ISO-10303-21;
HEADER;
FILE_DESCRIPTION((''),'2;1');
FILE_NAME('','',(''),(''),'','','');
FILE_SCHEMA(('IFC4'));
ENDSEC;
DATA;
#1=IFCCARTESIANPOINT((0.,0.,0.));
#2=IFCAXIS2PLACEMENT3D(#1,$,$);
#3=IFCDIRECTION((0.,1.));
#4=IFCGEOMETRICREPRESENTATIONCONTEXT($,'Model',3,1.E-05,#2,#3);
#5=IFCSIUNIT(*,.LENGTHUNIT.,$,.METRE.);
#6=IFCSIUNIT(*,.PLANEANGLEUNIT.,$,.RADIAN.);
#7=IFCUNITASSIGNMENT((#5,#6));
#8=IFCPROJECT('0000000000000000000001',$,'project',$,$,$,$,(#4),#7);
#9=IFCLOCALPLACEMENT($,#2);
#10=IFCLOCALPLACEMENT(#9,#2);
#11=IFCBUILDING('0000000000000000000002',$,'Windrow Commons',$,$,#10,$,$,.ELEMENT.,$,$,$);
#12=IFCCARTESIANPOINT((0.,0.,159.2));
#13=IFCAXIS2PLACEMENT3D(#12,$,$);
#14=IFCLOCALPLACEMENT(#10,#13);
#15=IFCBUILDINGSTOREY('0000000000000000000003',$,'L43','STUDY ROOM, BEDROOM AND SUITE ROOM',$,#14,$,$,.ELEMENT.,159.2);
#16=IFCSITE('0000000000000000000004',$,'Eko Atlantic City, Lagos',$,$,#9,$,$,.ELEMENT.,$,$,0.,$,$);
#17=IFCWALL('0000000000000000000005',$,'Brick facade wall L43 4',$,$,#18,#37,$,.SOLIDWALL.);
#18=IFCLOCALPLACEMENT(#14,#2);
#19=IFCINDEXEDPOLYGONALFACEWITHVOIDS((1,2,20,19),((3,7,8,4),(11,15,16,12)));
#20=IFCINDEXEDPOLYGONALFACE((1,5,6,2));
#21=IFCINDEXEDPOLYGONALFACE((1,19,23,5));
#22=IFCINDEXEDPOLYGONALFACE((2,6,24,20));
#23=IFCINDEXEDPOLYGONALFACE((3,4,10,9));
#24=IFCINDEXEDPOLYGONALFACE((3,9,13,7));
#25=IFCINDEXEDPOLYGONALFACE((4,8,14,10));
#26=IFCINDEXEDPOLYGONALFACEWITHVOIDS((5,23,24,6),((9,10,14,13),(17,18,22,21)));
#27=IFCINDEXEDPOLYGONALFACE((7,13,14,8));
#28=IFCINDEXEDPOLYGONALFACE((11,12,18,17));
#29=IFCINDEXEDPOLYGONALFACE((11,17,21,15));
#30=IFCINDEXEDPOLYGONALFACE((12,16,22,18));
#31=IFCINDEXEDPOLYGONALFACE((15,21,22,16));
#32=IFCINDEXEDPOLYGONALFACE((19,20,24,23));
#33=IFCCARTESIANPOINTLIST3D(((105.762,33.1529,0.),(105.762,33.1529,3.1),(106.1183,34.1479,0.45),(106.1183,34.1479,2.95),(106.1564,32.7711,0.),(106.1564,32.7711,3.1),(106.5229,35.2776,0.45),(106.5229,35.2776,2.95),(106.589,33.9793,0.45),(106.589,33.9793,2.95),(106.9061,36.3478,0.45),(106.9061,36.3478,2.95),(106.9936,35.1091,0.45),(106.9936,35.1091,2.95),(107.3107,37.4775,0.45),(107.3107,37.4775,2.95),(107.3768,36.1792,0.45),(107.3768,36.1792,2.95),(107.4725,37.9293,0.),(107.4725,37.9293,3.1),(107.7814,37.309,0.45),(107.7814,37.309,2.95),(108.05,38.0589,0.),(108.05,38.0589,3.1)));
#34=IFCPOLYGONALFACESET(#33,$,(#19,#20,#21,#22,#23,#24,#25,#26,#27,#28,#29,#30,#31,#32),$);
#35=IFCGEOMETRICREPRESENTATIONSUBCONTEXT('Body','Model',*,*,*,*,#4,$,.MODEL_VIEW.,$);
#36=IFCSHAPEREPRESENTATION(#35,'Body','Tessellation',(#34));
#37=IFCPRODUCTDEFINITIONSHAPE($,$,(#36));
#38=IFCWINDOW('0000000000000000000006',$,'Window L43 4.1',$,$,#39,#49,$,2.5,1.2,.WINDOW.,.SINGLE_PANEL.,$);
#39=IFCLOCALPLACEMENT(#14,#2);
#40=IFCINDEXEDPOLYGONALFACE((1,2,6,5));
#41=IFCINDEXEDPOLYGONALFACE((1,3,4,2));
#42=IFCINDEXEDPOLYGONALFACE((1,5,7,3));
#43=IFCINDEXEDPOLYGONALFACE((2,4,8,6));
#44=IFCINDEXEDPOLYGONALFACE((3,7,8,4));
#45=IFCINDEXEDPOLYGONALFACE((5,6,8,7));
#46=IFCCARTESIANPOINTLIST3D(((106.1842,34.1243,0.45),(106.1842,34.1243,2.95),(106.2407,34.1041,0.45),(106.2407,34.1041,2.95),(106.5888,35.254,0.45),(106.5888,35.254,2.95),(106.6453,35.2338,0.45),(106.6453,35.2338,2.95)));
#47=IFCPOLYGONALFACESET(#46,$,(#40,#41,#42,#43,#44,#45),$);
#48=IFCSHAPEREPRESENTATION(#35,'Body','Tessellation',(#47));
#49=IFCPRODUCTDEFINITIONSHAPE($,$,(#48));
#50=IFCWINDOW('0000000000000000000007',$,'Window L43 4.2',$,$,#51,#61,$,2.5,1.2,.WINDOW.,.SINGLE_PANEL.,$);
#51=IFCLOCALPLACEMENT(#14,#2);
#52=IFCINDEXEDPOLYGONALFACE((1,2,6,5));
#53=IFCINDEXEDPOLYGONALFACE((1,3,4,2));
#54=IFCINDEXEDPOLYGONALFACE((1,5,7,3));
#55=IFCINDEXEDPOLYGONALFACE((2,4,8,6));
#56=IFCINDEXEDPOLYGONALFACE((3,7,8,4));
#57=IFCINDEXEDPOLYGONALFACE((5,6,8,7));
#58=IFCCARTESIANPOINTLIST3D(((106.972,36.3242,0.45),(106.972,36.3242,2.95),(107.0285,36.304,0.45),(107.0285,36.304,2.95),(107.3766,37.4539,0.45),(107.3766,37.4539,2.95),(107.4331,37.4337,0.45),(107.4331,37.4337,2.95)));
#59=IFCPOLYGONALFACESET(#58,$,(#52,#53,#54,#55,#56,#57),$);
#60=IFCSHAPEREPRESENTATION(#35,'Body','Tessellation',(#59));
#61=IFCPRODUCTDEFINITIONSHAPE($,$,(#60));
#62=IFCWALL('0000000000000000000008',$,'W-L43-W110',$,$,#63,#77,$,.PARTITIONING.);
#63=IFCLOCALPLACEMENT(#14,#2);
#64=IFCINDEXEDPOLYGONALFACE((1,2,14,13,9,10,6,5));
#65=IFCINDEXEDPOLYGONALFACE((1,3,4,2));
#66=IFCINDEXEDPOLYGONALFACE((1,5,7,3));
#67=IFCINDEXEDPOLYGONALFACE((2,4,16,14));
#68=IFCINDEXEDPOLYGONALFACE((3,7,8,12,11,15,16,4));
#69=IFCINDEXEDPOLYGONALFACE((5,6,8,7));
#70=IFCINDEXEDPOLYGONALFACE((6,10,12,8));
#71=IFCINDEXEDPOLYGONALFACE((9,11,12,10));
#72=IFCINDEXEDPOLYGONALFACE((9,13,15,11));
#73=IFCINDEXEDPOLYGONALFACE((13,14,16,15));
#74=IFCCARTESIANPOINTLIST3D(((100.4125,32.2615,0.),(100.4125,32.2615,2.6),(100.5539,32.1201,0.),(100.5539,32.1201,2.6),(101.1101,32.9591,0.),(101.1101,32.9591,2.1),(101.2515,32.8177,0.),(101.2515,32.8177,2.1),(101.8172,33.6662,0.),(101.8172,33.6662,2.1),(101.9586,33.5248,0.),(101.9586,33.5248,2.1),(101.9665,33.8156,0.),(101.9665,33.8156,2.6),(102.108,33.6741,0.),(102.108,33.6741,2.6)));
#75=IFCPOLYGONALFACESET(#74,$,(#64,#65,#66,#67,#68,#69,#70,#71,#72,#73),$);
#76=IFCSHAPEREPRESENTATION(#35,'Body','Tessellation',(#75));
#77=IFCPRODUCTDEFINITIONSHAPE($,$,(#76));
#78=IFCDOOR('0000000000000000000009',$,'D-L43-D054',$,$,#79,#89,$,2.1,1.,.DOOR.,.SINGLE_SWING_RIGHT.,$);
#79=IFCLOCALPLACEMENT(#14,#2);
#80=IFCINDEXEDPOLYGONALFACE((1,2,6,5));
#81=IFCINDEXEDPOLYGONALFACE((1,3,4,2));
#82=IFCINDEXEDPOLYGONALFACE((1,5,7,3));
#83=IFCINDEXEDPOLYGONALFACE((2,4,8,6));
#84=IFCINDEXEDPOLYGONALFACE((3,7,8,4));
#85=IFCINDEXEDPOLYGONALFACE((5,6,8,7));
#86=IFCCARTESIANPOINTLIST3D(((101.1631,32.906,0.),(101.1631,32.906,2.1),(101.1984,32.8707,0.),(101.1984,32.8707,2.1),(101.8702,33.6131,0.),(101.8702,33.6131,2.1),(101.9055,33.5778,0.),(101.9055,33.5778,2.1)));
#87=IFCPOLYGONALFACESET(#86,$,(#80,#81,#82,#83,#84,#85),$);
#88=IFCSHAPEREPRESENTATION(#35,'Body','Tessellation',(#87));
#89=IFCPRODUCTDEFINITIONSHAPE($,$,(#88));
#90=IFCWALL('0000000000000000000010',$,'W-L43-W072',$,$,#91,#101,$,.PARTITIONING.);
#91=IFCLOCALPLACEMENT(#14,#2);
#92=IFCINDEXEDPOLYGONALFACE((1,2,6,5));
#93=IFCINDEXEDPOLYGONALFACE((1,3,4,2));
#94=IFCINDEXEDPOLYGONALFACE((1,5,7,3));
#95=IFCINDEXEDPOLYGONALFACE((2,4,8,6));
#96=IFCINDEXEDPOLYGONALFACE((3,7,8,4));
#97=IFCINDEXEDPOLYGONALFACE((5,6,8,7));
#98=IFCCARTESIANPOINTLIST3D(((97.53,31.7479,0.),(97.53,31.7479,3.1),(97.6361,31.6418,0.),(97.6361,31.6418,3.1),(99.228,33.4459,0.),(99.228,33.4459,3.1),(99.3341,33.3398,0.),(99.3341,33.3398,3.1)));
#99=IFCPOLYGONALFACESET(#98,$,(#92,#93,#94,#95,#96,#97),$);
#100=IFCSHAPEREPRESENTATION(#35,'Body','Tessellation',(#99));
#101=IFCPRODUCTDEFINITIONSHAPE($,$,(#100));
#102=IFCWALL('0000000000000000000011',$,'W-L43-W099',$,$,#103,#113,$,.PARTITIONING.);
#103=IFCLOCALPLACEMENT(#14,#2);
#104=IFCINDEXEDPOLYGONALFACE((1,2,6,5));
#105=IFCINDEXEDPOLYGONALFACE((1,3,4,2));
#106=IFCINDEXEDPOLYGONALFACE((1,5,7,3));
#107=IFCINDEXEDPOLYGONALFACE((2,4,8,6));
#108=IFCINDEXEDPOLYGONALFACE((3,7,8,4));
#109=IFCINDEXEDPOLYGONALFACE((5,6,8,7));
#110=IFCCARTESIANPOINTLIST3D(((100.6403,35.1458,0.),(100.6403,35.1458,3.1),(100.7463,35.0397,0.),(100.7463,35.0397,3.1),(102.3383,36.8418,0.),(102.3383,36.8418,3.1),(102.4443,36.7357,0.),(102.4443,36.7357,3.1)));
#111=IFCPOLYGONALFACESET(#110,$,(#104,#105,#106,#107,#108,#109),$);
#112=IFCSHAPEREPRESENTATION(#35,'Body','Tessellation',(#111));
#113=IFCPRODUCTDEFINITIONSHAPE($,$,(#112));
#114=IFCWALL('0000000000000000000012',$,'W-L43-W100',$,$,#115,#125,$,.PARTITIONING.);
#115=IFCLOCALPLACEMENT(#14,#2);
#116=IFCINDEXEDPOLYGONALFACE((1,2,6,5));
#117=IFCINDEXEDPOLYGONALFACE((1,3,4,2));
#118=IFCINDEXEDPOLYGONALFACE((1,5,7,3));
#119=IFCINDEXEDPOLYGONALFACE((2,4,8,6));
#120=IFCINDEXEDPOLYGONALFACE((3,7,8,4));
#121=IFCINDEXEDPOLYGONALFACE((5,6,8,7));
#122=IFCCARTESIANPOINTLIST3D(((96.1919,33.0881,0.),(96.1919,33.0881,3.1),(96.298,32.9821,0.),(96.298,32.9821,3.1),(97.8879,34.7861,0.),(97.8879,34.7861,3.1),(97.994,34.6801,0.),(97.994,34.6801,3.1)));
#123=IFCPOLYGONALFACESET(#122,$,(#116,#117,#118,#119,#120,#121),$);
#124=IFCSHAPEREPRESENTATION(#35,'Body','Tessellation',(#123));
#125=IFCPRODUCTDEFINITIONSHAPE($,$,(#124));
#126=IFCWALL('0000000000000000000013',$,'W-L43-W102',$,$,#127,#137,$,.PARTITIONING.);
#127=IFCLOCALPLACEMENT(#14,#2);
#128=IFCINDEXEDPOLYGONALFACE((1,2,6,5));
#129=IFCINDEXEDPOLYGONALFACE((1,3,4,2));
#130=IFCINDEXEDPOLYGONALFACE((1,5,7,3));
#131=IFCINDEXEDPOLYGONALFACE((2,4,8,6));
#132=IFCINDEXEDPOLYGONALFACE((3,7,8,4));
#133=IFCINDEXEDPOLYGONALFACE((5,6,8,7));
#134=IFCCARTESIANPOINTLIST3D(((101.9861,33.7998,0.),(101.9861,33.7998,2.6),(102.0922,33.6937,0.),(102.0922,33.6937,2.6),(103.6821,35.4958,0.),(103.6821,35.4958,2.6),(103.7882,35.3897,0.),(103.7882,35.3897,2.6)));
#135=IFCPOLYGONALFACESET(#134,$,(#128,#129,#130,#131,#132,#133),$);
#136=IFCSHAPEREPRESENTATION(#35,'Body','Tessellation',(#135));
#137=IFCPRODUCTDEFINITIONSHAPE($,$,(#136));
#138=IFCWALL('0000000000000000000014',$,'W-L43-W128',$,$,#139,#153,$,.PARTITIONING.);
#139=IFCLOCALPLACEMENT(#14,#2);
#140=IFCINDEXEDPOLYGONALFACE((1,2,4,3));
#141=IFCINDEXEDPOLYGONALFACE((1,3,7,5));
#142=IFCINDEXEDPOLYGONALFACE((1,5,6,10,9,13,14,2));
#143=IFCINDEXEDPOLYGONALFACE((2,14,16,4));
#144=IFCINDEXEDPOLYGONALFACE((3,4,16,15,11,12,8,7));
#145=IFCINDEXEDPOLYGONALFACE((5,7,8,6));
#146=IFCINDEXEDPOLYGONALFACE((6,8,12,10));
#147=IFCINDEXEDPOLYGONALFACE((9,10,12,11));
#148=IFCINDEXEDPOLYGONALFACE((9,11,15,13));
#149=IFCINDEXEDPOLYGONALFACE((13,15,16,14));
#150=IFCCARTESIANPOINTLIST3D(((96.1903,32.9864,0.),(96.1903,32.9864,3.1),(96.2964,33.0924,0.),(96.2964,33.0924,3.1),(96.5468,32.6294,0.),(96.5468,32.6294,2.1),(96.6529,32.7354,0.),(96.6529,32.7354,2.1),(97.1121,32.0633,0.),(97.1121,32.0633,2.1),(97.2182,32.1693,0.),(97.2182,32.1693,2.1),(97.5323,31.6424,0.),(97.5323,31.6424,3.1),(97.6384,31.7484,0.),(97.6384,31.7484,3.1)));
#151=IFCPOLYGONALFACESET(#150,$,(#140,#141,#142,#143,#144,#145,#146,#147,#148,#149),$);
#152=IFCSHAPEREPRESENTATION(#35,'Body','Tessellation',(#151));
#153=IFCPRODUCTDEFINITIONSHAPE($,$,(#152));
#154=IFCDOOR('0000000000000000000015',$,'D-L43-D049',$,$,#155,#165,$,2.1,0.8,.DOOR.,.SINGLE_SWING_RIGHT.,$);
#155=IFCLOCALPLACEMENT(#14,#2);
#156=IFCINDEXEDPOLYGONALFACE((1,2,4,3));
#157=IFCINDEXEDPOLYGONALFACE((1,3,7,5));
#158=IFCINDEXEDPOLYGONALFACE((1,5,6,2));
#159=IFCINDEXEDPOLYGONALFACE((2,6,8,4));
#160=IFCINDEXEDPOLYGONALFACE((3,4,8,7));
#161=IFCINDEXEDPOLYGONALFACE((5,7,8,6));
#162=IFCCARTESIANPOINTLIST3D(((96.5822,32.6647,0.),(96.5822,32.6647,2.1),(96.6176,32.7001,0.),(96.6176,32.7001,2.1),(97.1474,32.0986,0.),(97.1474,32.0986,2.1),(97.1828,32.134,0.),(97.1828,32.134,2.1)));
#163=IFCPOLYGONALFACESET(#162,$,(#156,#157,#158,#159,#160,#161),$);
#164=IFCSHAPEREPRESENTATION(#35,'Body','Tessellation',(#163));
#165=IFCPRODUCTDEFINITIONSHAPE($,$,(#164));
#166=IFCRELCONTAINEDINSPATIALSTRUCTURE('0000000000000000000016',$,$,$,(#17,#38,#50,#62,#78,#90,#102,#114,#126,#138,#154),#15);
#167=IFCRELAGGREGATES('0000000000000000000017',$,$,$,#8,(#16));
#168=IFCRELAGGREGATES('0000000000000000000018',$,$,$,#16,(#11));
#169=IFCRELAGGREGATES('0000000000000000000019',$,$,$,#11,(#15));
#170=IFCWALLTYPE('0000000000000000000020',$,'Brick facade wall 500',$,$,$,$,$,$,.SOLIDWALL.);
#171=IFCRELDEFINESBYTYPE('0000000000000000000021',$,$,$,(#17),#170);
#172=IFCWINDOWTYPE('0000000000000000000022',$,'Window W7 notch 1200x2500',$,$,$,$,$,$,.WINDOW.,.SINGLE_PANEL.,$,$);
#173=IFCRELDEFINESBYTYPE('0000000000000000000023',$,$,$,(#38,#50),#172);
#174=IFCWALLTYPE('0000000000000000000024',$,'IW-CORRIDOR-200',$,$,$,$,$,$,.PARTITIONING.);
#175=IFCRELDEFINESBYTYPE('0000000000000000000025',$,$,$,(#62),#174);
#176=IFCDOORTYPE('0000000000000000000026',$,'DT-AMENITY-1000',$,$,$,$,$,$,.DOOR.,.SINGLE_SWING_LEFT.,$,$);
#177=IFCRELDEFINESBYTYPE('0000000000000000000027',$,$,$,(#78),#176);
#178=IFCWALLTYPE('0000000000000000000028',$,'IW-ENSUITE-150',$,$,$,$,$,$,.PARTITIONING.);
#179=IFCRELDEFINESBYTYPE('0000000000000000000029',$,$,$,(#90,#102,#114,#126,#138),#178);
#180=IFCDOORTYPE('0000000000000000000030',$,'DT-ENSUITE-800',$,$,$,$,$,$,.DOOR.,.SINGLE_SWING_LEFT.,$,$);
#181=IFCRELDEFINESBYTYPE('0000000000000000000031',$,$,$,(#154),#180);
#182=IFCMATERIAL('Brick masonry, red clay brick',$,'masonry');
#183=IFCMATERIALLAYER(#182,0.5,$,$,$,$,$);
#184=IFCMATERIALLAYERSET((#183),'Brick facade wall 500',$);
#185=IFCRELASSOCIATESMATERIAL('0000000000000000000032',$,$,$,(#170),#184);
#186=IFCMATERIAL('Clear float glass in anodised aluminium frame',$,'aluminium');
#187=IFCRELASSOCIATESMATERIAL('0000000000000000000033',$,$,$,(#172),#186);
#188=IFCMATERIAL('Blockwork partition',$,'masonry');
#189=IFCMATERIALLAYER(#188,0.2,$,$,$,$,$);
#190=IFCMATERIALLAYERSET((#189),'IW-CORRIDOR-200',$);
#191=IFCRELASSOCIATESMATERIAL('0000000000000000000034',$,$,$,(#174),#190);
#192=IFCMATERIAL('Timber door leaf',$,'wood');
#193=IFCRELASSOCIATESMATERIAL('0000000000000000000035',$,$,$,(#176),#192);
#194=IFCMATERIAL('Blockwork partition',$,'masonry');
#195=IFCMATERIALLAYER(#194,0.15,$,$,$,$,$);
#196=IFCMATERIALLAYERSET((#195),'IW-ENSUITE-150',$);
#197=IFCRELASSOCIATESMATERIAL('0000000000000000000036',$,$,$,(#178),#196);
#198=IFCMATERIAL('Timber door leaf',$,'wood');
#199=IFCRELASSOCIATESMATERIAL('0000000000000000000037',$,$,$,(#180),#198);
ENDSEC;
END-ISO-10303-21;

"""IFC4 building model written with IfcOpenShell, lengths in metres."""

from ifc_helpers import new_model, si_unit, direction, frame, frame_2d, origin, place, context, subcontext, project, spatial, polyline, rectangle, outline, extrude, material, layer, layer_set, type_object, element, fill, save


model = new_model("IFC4")

# Units and contexts
model_context = context("Model", 3, precision=1e-05, world=origin(), true_north=direction((0.0, 1.0)))
body_context = subcontext(model_context, "Body", "Model", "MODEL_VIEW")
ifc_project = project(units=[si_unit("LENGTHUNIT", "METRE"), si_unit("PLANEANGLEUNIT", "RADIAN")], contexts=[model_context])

# Site, building, storey
site_placement = place(None, origin())
site = spatial("IfcSite", under=ifc_project, at=site_placement, Name="Eko Atlantic City, Lagos", CompositionType="ELEMENT", RefElevation=0.0)
building_placement = place(site_placement, origin())
building = spatial("IfcBuilding", under=site, at=building_placement, Name="Windrow Commons", CompositionType="ELEMENT")
storey_placement = place(building_placement, frame((0.0, 0.0, 159.2)))
storey = spatial("IfcBuildingStorey", under=building, at=storey_placement, Name="L43", Description="STUDY ROOM, BEDROOM AND SUITE ROOM", CompositionType="ELEMENT", Elevation=159.2)

# Shared definitions
ifc_material_1 = material(Name="Brick masonry, red clay brick", Category="masonry")
ifc_layer_1 = layer(ifc_material_1, 0.5)
ifc_layer_set_1 = layer_set([ifc_layer_1], Name="Brick facade wall 500")
wall_type_1 = type_object("IfcWallType", Name="Brick facade wall 500", PredefinedType="SOLIDWALL", material=ifc_layer_set_1)
ifc_material_2 = material(Name="Clear float glass in anodised aluminium frame", Category="aluminium")
window_type_1 = type_object("IfcWindowType", Name="Window W7 notch 1200x2500", PartitioningType="SINGLE_PANEL", PredefinedType="WINDOW", material=ifc_material_2)

# Wall, openings, windows
wall_1_placement = place(storey_placement, frame((105.9592, 32.962, 0.0), z_axis=(0.0, 0.0, 1.0), x_axis=(0.337136, 0.941456, 0.0)))
wall_1 = element("IfcWall", 1, at=wall_1_placement, inside=storey, type_object=wall_type_1, Name="Brick facade wall L43 4", PredefinedType="SOLIDWALL", context=body_context, shape_type="SweptSolid", body=[
    extrude(outline(polyline([(-0.1132, -0.25), (5.5034, -0.25), (5.1867, 0.25), (0.1132, 0.25), (-0.1132, -0.25)])), origin(), (0.0, 0.0, 1.0), 3.1),
])
opening_1_placement = place(wall_1_placement, frame((1.1701, 0.0, 0.45)))
opening_1 = element("IfcOpeningElement", 2, at=opening_1_placement, cuts=wall_1, PredefinedType="OPENING", context=body_context, shape_type="SweptSolid", body=[
    extrude(rectangle(XDim=1.2, YDim=2.5, at=frame_2d((0.6, 1.25))), frame((0.0, 0.26, 0.0), z_axis=(0.0, -1.0, 0.0), x_axis=(1.0, 0.0, 0.0)), (0.0, 0.0, 1.0), 0.52),
])
opening_2_placement = place(wall_1_placement, frame((3.5068, 0.0, 0.45)))
opening_2 = element("IfcOpeningElement", 3, at=opening_2_placement, cuts=wall_1, PredefinedType="OPENING", context=body_context, shape_type="SweptSolid", body=[
    extrude(rectangle(XDim=1.2, YDim=2.5, at=frame_2d((0.6, 1.25))), frame((0.0, 0.26, 0.0), z_axis=(0.0, -1.0, 0.0), x_axis=(1.0, 0.0, 0.0)), (0.0, 0.0, 1.0), 0.52),
])
window_1_placement = place(opening_1_placement, origin())
window_1 = element("IfcWindow", 4, at=window_1_placement, inside=storey, type_object=window_type_1, Name="Window L43 4.1", OverallHeight=2.5, OverallWidth=1.2, PartitioningType="SINGLE_PANEL", PredefinedType="WINDOW", context=body_context, shape_type="SweptSolid", body=[
    extrude(rectangle(XDim=1.2, YDim=2.5, at=frame_2d((0.6, 1.25))), frame((0.0, 0.18, 0.0), z_axis=(0.0, -1.0, 0.0), x_axis=(1.0, 0.0, 0.0)), (0.0, 0.0, 1.0), 0.06),
])
fill(opening_1, window_1)
window_2_placement = place(opening_2_placement, origin())
window_2 = element("IfcWindow", 5, at=window_2_placement, inside=storey, type_object=window_type_1, Name="Window L43 4.2", OverallHeight=2.5, OverallWidth=1.2, PartitioningType="SINGLE_PANEL", PredefinedType="WINDOW", context=body_context, shape_type="SweptSolid", body=[
    extrude(rectangle(XDim=1.2, YDim=2.5, at=frame_2d((0.6, 1.25))), frame((0.0, 0.18, 0.0), z_axis=(0.0, -1.0, 0.0), x_axis=(1.0, 0.0, 0.0)), (0.0, 0.0, 1.0), 0.06),
])
fill(opening_2, window_2)

# Wall, opening, door
ifc_material_3 = material(Name="Blockwork partition", Category="masonry")
ifc_layer_2 = layer(ifc_material_3, 0.2)
ifc_layer_set_2 = layer_set([ifc_layer_2], Name="IW-CORRIDOR-200")
wall_type_2 = type_object("IfcWallType", Name="IW-CORRIDOR-200", PredefinedType="PARTITIONING", material=ifc_layer_set_2)
wall_2_placement = place(storey_placement, frame((100.4832, 32.1908, 0.0), z_axis=(0.0, 0.0, 1.0), x_axis=(0.707107, 0.707107, 0.0)))
wall_2 = element("IfcWall", 6, at=wall_2_placement, inside=storey, type_object=wall_type_2, Name="W-L43-W110", PredefinedType="PARTITIONING", context=body_context, shape_type="SweptSolid", body=[
    extrude(rectangle(XDim=2.1977, YDim=0.2, at=frame_2d((1.0989, 0.0))), origin(), (0.0, 0.0, 1.0), 2.6),
])
opening_3_placement = place(wall_2_placement, frame((0.9865, 0.0, 0.0)))
opening_3 = element("IfcOpeningElement", 7, at=opening_3_placement, cuts=wall_2, PredefinedType="OPENING", context=body_context, shape_type="SweptSolid", body=[
    extrude(rectangle(XDim=1.0, YDim=2.1, at=frame_2d((0.5, 1.05))), frame((0.0, 0.11, 0.0), z_axis=(0.0, -1.0, 0.0), x_axis=(1.0, 0.0, 0.0)), (0.0, 0.0, 1.0), 0.22),
])
ifc_material_4 = material(Name="Timber door leaf", Category="wood")
door_type_1 = type_object("IfcDoorType", Name="DT-AMENITY-1000", OperationType="SINGLE_SWING_LEFT", PredefinedType="DOOR", material=ifc_material_4)
door_1_placement = place(opening_3_placement, origin())
door_1 = element("IfcDoor", 8, at=door_1_placement, inside=storey, type_object=door_type_1, Name="D-L43-D054", OperationType="SINGLE_SWING_RIGHT", OverallHeight=2.1, OverallWidth=1.0, PredefinedType="DOOR", context=body_context, shape_type="SweptSolid", body=[
    extrude(rectangle(XDim=1.0, YDim=2.1, at=frame_2d((0.5, 1.05))), frame((0.0, 0.025, 0.0), z_axis=(0.0, -1.0, 0.0), x_axis=(1.0, 0.0, 0.0)), (0.0, 0.0, 1.0), 0.05),
])
fill(opening_3, door_1)

# Walls
ifc_material_5 = material(Name="Blockwork partition", Category="masonry")
ifc_layer_3 = layer(ifc_material_5, 0.15)
ifc_layer_set_3 = layer_set([ifc_layer_3], Name="IW-ENSUITE-150")
wall_type_3 = type_object("IfcWallType", Name="IW-ENSUITE-150", PredefinedType="PARTITIONING", material=ifc_layer_set_3)
wall_3_placement = place(storey_placement, frame((97.5831, 31.6949, 0.0), z_axis=(0.0, 0.0, 1.0), x_axis=(0.707107, 0.707107, 0.0)))
element("IfcWall", 9, at=wall_3_placement, inside=storey, type_object=wall_type_3, Name="W-L43-W072", PredefinedType="PARTITIONING", context=body_context, shape_type="SweptSolid", body=[
    extrude(rectangle(XDim=2.4013, YDim=0.15, at=frame_2d((1.2006, 0.0))), origin(), (0.0, 0.0, 1.0), 3.1),
])
for number, where, z_axis, x_axis, name in (
    (10, (100.6933, 35.0927, 0.0), (0.0, 0.0, 1.0), (0.707523, 0.70669, 0.0), "W-L43-W099"),
    (11, (96.2449, 33.0351, 0.0), (0.0, 0.0, 1.0), (0.70669, 0.707523, 0.0), "W-L43-W100"),
):
    element("IfcWall", number, at=place(storey_placement, frame(where, z_axis=z_axis, x_axis=x_axis)), inside=storey, type_object=wall_type_3, Name=name, PredefinedType="PARTITIONING", context=body_context, shape_type="SweptSolid", body=[
        extrude(rectangle(XDim=2.3999, YDim=0.15, at=frame_2d((1.2, 0.0))), origin(), (0.0, 0.0, 1.0), 3.1),
    ])
wall_4_placement = place(storey_placement, frame((102.0392, 33.7468, 0.0), z_axis=(0.0, 0.0, 1.0), x_axis=(0.707107, 0.707107, 0.0)))
element("IfcWall", 12, at=wall_4_placement, inside=storey, type_object=wall_type_3, Name="W-L43-W102", PredefinedType="PARTITIONING", context=body_context, shape_type="SweptSolid", body=[
    extrude(rectangle(XDim=2.3985, YDim=0.15, at=frame_2d((1.1992, 0.0))), origin(), (0.0, 0.0, 1.0), 2.6),
])

# Wall, opening, door
wall_5_placement = place(storey_placement, frame((96.2434, 33.0394, 0.0), z_axis=(0.0, 0.0, 1.0), x_axis=(0.70658, -0.707633, 0.0)))
wall_5 = element("IfcWall", 13, at=wall_5_placement, inside=storey, type_object=wall_type_3, Name="W-L43-W128", PredefinedType="PARTITIONING", context=body_context, shape_type="SweptSolid", body=[
    extrude(rectangle(XDim=1.8993, YDim=0.15, at=frame_2d((0.9496, 0.0))), origin(), (0.0, 0.0, 1.0), 3.1),
])
opening_4_placement = place(wall_5_placement, frame((0.5045, 0.0, 0.0)))
opening_4 = element("IfcOpeningElement", 14, at=opening_4_placement, cuts=wall_5, PredefinedType="OPENING", context=body_context, shape_type="SweptSolid", body=[
    extrude(rectangle(XDim=0.8, YDim=2.1, at=frame_2d((0.4, 1.05))), frame((0.0, 0.085, 0.0), z_axis=(0.0, -1.0, 0.0), x_axis=(1.0, 0.0, 0.0)), (0.0, 0.0, 1.0), 0.17),
])
ifc_material_6 = material(Name="Timber door leaf", Category="wood")
door_type_2 = type_object("IfcDoorType", Name="DT-ENSUITE-800", OperationType="SINGLE_SWING_LEFT", PredefinedType="DOOR", material=ifc_material_6)
door_2_placement = place(opening_4_placement, origin())
door_2 = element("IfcDoor", 15, at=door_2_placement, inside=storey, type_object=door_type_2, Name="D-L43-D049", OperationType="SINGLE_SWING_RIGHT", OverallHeight=2.1, OverallWidth=0.8, PredefinedType="DOOR", context=body_context, shape_type="SweptSolid", body=[
    extrude(rectangle(XDim=0.8, YDim=2.1, at=frame_2d((0.4, 1.05))), frame((0.0, 0.025, 0.0), z_axis=(0.0, -1.0, 0.0), x_axis=(1.0, 0.0, 0.0)), (0.0, 0.0, 1.0), 0.05),
])
fill(opening_4, door_2)

save(model, "model.ifc")
